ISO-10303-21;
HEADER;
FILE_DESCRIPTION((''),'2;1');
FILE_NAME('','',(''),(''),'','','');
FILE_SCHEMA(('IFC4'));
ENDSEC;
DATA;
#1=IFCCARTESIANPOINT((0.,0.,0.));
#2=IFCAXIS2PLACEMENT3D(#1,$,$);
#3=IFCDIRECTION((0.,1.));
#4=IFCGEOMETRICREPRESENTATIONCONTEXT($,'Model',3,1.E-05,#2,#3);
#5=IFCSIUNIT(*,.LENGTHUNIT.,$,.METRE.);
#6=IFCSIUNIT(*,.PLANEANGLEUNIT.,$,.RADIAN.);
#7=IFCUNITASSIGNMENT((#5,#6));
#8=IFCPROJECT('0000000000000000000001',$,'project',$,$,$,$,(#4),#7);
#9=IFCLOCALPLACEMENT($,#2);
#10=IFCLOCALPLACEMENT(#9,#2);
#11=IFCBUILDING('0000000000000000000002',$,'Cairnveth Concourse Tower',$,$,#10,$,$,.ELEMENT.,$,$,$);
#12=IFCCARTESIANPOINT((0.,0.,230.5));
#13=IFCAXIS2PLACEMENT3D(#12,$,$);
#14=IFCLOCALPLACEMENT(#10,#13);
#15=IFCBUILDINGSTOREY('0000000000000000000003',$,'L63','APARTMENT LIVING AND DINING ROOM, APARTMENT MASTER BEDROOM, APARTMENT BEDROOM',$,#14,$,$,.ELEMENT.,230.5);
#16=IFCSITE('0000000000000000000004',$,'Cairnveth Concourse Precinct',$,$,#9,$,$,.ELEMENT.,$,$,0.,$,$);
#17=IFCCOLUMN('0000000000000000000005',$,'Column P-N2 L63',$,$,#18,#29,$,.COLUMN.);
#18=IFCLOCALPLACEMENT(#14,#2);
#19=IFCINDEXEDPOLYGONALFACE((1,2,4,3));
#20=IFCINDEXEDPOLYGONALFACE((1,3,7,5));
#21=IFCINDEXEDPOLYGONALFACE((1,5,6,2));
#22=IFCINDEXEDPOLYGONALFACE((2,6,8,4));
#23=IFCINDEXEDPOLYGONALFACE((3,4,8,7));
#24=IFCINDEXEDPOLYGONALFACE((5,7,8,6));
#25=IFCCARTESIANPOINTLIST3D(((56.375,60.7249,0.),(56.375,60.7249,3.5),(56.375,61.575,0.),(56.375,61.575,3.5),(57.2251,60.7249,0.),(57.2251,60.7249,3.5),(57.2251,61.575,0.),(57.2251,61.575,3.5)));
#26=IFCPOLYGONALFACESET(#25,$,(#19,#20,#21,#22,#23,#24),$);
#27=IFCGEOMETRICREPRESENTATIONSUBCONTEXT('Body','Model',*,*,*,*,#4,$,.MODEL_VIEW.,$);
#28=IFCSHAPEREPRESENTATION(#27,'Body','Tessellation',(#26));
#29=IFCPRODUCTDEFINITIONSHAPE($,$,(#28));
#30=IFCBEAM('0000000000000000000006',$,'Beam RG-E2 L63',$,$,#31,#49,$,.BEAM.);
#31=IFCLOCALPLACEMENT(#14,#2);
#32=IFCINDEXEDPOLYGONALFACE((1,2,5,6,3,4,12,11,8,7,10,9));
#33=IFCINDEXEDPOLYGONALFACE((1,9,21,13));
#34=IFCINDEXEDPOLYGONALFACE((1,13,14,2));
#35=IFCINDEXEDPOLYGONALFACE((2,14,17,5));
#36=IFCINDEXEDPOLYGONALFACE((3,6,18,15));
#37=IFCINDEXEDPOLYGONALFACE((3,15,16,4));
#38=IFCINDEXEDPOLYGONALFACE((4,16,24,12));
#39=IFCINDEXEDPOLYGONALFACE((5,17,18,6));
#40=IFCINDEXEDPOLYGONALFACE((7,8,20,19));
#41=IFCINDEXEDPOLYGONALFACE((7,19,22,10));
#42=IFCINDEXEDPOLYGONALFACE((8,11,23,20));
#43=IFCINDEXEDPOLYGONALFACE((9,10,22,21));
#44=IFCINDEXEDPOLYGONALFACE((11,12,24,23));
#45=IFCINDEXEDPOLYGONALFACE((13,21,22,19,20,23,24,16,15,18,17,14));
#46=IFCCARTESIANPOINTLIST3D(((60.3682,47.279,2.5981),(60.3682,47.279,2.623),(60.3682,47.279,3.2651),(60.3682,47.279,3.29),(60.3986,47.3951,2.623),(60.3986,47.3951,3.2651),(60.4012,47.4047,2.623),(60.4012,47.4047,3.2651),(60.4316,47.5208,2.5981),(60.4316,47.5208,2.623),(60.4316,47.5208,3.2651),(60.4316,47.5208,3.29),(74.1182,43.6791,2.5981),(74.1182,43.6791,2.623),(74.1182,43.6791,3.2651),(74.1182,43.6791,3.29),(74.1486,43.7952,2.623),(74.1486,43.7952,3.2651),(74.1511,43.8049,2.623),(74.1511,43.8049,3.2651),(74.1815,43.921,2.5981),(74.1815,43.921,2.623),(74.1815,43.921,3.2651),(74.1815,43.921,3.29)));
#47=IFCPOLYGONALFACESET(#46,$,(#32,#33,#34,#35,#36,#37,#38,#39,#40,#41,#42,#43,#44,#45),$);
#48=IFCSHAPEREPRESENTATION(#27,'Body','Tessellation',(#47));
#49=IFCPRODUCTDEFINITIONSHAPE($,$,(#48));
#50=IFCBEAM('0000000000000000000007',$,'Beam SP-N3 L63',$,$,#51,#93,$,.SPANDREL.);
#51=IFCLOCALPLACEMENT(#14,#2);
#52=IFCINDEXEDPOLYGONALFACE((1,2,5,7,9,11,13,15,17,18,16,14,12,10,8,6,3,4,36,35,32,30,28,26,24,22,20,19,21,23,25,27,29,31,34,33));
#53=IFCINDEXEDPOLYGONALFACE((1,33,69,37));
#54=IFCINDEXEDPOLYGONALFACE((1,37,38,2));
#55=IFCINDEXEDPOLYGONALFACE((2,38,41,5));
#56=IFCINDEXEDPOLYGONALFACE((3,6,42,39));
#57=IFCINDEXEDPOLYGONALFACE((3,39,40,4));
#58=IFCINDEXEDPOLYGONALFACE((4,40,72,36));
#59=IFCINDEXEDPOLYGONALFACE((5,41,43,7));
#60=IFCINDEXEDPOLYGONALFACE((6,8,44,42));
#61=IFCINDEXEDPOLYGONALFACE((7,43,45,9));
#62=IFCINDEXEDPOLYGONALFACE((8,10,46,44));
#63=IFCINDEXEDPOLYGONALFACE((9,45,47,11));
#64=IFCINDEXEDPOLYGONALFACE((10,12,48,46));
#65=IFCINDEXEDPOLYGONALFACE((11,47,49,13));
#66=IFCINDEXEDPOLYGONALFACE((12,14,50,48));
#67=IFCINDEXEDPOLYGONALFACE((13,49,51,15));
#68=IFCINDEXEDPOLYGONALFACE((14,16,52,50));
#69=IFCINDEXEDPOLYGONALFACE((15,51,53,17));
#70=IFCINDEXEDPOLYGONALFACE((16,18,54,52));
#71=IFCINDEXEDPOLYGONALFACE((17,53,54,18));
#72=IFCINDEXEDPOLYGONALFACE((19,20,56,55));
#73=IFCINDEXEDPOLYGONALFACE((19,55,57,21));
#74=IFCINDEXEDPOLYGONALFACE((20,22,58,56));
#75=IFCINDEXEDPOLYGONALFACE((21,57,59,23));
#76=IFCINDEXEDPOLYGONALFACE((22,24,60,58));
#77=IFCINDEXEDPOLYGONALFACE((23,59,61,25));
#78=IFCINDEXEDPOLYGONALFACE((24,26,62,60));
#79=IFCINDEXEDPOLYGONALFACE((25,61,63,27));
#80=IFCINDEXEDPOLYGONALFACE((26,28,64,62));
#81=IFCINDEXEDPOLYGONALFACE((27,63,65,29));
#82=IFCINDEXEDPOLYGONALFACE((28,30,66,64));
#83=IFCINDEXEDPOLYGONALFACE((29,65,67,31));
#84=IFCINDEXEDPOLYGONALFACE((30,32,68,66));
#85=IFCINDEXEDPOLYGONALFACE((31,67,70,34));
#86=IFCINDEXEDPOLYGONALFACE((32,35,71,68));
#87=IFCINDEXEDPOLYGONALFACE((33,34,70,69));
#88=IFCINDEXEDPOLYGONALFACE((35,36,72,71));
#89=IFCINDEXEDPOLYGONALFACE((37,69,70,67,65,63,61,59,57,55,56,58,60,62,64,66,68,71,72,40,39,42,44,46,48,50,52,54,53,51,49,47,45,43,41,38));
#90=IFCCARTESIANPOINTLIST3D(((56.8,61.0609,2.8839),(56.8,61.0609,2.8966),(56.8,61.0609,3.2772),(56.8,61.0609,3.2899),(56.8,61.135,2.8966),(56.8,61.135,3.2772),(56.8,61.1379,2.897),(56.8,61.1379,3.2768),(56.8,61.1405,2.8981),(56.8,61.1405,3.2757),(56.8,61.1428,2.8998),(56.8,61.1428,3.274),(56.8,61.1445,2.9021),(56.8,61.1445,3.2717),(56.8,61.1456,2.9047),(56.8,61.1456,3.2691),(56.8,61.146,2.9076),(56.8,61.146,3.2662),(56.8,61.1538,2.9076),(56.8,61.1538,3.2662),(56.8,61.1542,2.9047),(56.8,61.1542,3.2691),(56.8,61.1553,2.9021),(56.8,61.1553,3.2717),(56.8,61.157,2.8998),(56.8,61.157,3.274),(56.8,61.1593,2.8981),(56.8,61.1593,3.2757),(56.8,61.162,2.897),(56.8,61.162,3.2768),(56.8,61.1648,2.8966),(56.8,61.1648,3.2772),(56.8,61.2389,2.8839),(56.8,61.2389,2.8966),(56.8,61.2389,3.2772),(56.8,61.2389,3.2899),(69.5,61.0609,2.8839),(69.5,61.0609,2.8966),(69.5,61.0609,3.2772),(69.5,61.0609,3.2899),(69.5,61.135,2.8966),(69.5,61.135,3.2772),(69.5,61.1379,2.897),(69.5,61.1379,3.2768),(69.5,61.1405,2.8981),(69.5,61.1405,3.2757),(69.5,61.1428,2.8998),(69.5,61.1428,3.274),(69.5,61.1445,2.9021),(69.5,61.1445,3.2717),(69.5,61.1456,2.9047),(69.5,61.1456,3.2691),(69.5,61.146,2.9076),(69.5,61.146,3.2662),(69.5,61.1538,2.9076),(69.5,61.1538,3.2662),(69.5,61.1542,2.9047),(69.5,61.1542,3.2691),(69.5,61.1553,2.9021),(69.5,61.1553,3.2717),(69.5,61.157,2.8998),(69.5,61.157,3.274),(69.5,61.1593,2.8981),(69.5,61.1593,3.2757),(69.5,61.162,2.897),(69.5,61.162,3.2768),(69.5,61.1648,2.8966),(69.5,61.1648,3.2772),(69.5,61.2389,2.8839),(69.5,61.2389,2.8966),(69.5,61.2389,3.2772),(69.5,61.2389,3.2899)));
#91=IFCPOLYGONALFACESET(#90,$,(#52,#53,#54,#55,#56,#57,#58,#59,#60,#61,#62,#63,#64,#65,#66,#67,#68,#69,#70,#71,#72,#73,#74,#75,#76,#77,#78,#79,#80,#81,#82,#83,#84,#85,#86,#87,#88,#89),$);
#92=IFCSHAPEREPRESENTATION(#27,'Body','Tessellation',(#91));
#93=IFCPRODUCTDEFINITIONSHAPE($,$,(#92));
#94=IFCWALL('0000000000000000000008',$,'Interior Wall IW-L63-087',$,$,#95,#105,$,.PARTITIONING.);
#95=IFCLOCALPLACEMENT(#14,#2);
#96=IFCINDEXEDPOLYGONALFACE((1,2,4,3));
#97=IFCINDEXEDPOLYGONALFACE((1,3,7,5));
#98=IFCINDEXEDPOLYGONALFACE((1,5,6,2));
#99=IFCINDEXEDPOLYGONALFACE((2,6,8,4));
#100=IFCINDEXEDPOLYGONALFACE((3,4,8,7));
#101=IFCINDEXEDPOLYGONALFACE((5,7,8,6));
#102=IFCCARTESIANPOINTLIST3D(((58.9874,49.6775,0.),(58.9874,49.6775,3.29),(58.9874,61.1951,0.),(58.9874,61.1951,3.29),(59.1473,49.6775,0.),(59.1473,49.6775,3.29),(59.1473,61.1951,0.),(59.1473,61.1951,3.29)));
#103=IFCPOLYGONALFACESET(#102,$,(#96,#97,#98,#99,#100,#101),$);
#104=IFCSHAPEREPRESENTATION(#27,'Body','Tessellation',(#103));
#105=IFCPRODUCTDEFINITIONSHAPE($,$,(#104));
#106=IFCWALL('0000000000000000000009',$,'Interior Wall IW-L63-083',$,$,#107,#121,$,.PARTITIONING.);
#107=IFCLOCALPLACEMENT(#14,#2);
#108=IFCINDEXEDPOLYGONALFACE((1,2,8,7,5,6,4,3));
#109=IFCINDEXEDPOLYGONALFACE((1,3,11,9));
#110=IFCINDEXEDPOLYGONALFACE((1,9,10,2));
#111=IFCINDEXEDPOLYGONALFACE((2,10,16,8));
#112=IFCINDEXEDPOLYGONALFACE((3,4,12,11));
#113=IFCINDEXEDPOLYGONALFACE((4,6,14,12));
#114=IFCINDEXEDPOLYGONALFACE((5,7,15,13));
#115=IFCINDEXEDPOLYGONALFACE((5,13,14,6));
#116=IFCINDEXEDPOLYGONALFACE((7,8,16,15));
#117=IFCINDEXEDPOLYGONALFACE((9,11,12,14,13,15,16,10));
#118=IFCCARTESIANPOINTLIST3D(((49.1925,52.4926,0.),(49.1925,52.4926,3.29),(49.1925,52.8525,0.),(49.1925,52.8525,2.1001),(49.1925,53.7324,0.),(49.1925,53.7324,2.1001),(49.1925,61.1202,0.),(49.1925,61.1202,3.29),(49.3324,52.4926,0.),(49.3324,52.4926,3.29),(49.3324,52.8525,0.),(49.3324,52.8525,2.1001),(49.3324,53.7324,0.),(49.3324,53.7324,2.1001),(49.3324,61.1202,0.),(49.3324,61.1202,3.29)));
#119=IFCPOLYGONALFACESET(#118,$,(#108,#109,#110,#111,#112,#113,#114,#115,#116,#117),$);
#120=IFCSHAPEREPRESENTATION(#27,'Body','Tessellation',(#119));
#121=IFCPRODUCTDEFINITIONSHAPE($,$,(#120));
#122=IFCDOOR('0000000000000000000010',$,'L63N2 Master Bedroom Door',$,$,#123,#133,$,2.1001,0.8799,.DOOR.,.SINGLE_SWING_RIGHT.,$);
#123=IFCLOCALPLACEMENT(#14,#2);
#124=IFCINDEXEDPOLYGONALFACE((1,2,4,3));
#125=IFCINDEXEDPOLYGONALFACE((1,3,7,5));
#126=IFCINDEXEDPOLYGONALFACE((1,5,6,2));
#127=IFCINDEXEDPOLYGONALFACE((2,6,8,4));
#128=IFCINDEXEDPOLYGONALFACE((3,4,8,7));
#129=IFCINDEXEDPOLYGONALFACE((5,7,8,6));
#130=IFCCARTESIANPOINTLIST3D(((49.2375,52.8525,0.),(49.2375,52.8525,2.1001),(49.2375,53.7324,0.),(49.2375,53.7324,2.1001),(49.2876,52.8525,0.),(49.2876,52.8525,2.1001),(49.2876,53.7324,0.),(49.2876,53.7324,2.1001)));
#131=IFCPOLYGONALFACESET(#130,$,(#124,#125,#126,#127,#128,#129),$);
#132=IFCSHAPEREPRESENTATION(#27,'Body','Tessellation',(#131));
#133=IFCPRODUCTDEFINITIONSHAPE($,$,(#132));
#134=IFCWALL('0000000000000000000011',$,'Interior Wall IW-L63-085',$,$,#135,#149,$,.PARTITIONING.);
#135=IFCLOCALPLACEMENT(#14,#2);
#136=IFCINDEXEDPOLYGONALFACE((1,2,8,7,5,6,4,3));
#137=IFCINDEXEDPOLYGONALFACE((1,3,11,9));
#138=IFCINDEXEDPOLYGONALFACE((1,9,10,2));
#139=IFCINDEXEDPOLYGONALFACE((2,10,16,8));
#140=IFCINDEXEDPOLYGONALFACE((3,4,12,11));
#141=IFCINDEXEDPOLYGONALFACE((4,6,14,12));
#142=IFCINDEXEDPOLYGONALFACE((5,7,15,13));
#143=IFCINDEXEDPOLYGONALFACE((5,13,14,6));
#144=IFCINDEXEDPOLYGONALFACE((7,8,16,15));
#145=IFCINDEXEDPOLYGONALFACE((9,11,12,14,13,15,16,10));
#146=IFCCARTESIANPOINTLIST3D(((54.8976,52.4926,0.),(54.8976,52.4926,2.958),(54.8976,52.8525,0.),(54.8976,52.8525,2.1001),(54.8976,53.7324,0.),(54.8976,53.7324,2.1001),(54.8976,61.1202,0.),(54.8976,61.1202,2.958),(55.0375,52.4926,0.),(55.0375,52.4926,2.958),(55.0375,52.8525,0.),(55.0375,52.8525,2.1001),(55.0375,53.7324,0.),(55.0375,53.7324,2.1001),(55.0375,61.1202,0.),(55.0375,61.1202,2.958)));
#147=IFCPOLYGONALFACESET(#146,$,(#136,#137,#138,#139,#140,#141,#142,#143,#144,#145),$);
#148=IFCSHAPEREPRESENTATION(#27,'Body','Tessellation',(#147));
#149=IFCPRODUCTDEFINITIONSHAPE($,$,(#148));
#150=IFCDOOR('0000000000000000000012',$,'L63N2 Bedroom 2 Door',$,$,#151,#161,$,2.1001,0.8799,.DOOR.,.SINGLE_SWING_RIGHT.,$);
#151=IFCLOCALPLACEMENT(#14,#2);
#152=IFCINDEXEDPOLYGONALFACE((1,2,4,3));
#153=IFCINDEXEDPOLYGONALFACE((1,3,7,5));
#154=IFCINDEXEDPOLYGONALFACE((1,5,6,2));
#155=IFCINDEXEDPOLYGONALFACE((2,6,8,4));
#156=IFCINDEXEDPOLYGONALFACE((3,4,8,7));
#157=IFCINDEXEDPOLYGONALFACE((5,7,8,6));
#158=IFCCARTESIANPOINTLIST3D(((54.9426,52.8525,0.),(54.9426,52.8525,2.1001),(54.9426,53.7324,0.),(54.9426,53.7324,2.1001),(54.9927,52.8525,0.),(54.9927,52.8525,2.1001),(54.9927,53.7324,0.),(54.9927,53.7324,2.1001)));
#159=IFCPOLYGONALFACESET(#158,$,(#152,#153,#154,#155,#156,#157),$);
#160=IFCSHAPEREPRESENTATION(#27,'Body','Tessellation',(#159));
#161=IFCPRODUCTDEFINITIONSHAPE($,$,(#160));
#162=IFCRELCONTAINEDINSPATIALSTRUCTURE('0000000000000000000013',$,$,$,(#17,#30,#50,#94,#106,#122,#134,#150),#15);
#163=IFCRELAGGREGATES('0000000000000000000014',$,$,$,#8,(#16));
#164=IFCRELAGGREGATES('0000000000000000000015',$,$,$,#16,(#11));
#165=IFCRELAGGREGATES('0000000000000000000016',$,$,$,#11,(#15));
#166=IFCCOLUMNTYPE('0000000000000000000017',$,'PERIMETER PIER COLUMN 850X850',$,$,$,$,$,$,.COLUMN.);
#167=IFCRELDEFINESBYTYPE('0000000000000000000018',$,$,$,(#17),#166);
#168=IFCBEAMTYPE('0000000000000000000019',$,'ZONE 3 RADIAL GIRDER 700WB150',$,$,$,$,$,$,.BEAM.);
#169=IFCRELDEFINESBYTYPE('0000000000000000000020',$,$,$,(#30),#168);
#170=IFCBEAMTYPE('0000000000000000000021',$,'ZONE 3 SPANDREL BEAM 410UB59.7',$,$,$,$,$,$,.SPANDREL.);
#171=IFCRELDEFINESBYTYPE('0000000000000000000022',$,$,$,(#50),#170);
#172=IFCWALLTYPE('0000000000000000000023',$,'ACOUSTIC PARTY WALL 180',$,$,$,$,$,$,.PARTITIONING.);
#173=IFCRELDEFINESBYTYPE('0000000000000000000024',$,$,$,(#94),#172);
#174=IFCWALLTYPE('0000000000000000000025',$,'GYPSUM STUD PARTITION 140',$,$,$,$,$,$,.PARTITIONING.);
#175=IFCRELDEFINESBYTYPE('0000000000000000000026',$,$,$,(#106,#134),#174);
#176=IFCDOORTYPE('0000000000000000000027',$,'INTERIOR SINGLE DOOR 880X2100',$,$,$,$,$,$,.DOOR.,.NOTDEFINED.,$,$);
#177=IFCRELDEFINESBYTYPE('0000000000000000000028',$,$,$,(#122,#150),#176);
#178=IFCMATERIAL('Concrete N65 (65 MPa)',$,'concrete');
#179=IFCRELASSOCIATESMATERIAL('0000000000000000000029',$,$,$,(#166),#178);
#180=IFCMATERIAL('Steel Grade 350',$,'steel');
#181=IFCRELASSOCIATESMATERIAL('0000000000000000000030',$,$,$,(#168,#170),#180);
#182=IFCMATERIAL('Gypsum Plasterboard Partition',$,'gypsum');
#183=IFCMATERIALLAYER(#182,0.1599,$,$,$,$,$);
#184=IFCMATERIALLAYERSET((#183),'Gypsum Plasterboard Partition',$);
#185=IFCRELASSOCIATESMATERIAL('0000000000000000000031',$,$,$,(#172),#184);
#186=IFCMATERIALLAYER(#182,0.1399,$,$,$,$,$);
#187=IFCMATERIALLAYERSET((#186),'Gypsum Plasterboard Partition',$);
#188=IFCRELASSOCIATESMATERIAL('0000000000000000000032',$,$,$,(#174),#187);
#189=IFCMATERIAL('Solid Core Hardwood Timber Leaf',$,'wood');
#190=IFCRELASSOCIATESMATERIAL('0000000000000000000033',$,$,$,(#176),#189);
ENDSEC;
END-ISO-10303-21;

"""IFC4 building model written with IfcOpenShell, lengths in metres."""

from ifc_helpers import new_model, si_unit, direction, frame, frame_2d, origin, origin_2d, place, context, subcontext, project, spatial, rectangle, i_section, extrude, material, layer, layer_set, material_profile, profile_set, type_object, element, fill, save


model = new_model("IFC4")

# Units and contexts
model_context = context("Model", 3, precision=1e-05, world=origin(), true_north=direction((0.0, 1.0)))
body_context = subcontext(model_context, "Body", "Model", "MODEL_VIEW")
ifc_project = project(units=[si_unit("LENGTHUNIT", "METRE"), si_unit("PLANEANGLEUNIT", "RADIAN")], contexts=[model_context])

# Site, building, storey
site_placement = place(None, origin())
site = spatial("IfcSite", under=ifc_project, at=site_placement, Name="Cairnveth Concourse Precinct", CompositionType="ELEMENT", RefElevation=0.0)
building_placement = place(site_placement, origin())
building = spatial("IfcBuilding", under=site, at=building_placement, Name="Cairnveth Concourse Tower", CompositionType="ELEMENT")
storey_placement = place(building_placement, frame((0.0, 0.0, 230.5)))
storey = spatial("IfcBuildingStorey", under=building, at=storey_placement, Name="L63", Description="APARTMENT LIVING AND DINING ROOM, APARTMENT MASTER BEDROOM, APARTMENT BEDROOM", CompositionType="ELEMENT", Elevation=230.5)

# Column
ifc_material_1 = material(Name="Concrete N65 (65 MPa)", Category="concrete")
ifc_material_profile_1 = material_profile(ifc_material_1, rectangle(XDim=0.8501, YDim=0.8501, at=origin_2d()), Name="RC-COL-850x850")
ifc_profile_set_1 = profile_set([ifc_material_profile_1], Name="Concrete N65 (65 MPa)")
column_type = type_object("IfcColumnType", Name="PERIMETER PIER COLUMN 850X850", PredefinedType="COLUMN", material=ifc_profile_set_1)
column_placement = place(storey_placement, frame((56.8, 61.1499, 0.0), z_axis=(0.0, 0.0, 1.0), x_axis=(1.0, 0.0, 0.0)))
element("IfcColumn", 1, at=column_placement, inside=storey, type_object=column_type, Name="Column P-N2 L63", PredefinedType="COLUMN", context=body_context, shape_type="SweptSolid", body=[
    extrude(rectangle(XDim=0.8501, YDim=0.8501, at=origin_2d()), origin(), (0.0, 0.0, 1.0), 3.5),
])

# Beams
ifc_material_2 = material(Name="Steel Grade 350", Category="steel")
ifc_material_profile_2 = material_profile(ifc_material_2, i_section(OverallWidth=0.25, OverallDepth=0.6919, WebThickness=0.01, FlangeThickness=0.0249, at=origin_2d()), Name="700WB150")
ifc_profile_set_2 = profile_set([ifc_material_profile_2], Name="Steel Grade 350")
beam_type_1 = type_object("IfcBeamType", Name="ZONE 3 RADIAL GIRDER 700WB150", PredefinedType="BEAM", material=ifc_profile_set_2)
beam_1_placement = place(storey_placement, frame((60.3999, 47.3999, 2.9441), z_axis=(0.967395, -0.253271, 0.0), x_axis=(0.253271, 0.967395, 0.0)))
element("IfcBeam", 2, at=beam_1_placement, inside=storey, type_object=beam_type_1, Name="Beam RG-E2 L63", PredefinedType="BEAM", context=body_context, shape_type="SweptSolid", body=[
    extrude(i_section(OverallWidth=0.25, OverallDepth=0.6919, WebThickness=0.01, FlangeThickness=0.0249, at=origin_2d()), origin(), (0.0, 0.0, 1.0), 14.2134),
])
ifc_material_profile_3 = material_profile(ifc_material_2, i_section(OverallWidth=0.178, OverallDepth=0.406, WebThickness=0.0078, FlangeThickness=0.0127, FilletRadius=0.011, at=origin_2d()), Name="410UB59.7")
ifc_profile_set_3 = profile_set([ifc_material_profile_3], Name="Steel Grade 350")
beam_type_2 = type_object("IfcBeamType", Name="ZONE 3 SPANDREL BEAM 410UB59.7", PredefinedType="SPANDREL", material=ifc_profile_set_3)
beam_2_placement = place(storey_placement, frame((56.8, 61.1499, 3.0869), z_axis=(1.0, 0.0, 0.0), x_axis=(0.0, 1.0, 0.0)))
element("IfcBeam", 3, at=beam_2_placement, inside=storey, type_object=beam_type_2, Name="Beam SP-N3 L63", PredefinedType="SPANDREL", context=body_context, shape_type="SweptSolid", body=[
    extrude(i_section(OverallWidth=0.178, OverallDepth=0.406, WebThickness=0.0078, FlangeThickness=0.0127, FilletRadius=0.011, at=origin_2d()), origin(), (0.0, 0.0, 1.0), 12.7),
])

# Wall
ifc_material_3 = material(Name="Gypsum Plasterboard Partition", Category="gypsum")
ifc_layer_1 = layer(ifc_material_3, 0.1599)
ifc_layer_set_1 = layer_set([ifc_layer_1], Name="Gypsum Plasterboard Partition")
wall_type_1 = type_object("IfcWallType", Name="ACOUSTIC PARTY WALL 180", PredefinedType="PARTITIONING", material=ifc_layer_set_1)
wall_1_placement = place(storey_placement, frame((59.0674, 49.6775, 0.0), z_axis=(0.0, 0.0, 1.0), x_axis=(0.0, 1.0, 0.0)))
element("IfcWall", 4, at=wall_1_placement, inside=storey, type_object=wall_type_1, Name="Interior Wall IW-L63-087", PredefinedType="PARTITIONING", context=body_context, shape_type="SweptSolid", body=[
    extrude(rectangle(XDim=11.5176, YDim=0.1599, at=frame_2d((5.7588, 0.0))), origin(), (0.0, 0.0, 1.0), 3.29),
])

# Walls, openings, doors
ifc_layer_2 = layer(ifc_material_3, 0.1399)
ifc_layer_set_2 = layer_set([ifc_layer_2], Name="Gypsum Plasterboard Partition")
wall_type_2 = type_object("IfcWallType", Name="GYPSUM STUD PARTITION 140", PredefinedType="PARTITIONING", material=ifc_layer_set_2)
wall_2_placement = place(storey_placement, frame((49.2625, 52.4924, 0.0), z_axis=(0.0, 0.0, 1.0), x_axis=(0.0, 1.0, 0.0)))
wall_2 = element("IfcWall", 5, at=wall_2_placement, inside=storey, type_object=wall_type_2, Name="Interior Wall IW-L63-083", PredefinedType="PARTITIONING", context=body_context, shape_type="SweptSolid", body=[
    extrude(rectangle(XDim=8.6277, YDim=0.1399, at=frame_2d((4.314, 0.0))), origin(), (0.0, 0.0, 1.0), 3.29),
])
opening_1_placement = place(wall_2_placement, frame((0.3601, 0.0, 0.0)))
opening_1 = element("IfcOpeningElement", 6, at=opening_1_placement, cuts=wall_2, PredefinedType="OPENING", context=body_context, shape_type="SweptSolid", body=[
    extrude(rectangle(XDim=0.8799, YDim=2.1001, at=frame_2d((0.4399, 1.05))), frame((0.0, 0.0798, 0.0), z_axis=(0.0, -1.0, 0.0), x_axis=(1.0, 0.0, 0.0)), (0.0, 0.0, 1.0), 0.1599),
])
ifc_material_4 = material(Name="Solid Core Hardwood Timber Leaf", Category="wood")
door_type_1 = type_object("IfcDoorType", Name="INTERIOR SINGLE DOOR 880X2100", OperationType="NOTDEFINED", PredefinedType="DOOR", material=ifc_material_4)
door_1_placement = place(opening_1_placement, origin())
door_1 = element("IfcDoor", 7, at=door_1_placement, inside=storey, type_object=door_type_1, Name="L63N2 Master Bedroom Door", OperationType="SINGLE_SWING_RIGHT", OverallHeight=2.1001, OverallWidth=0.8799, PredefinedType="DOOR", context=body_context, shape_type="SweptSolid", body=[
    extrude(rectangle(XDim=0.8799, YDim=2.1001, at=frame_2d((0.4399, 1.05))), frame((0.0, 0.0249, 0.0), z_axis=(0.0, -1.0, 0.0), x_axis=(1.0, 0.0, 0.0)), (0.0, 0.0, 1.0), 0.05),
])
fill(opening_1, door_1)
wall_3_placement = place(storey_placement, frame((54.9675, 52.4924, 0.0), z_axis=(0.0, 0.0, 1.0), x_axis=(0.0, 1.0, 0.0)))
wall_3 = element("IfcWall", 8, at=wall_3_placement, inside=storey, type_object=wall_type_2, Name="Interior Wall IW-L63-085", PredefinedType="PARTITIONING", context=body_context, shape_type="SweptSolid", body=[
    extrude(rectangle(XDim=8.6277, YDim=0.1399, at=frame_2d((4.314, 0.0))), origin(), (0.0, 0.0, 1.0), 2.958),
])
opening_2_placement = place(wall_3_placement, frame((0.3601, 0.0, 0.0)))
opening_2 = element("IfcOpeningElement", 9, at=opening_2_placement, cuts=wall_3, PredefinedType="OPENING", context=body_context, shape_type="SweptSolid", body=[
    extrude(rectangle(XDim=0.8799, YDim=2.1001, at=frame_2d((0.4399, 1.05))), frame((0.0, 0.0798, 0.0), z_axis=(0.0, -1.0, 0.0), x_axis=(1.0, 0.0, 0.0)), (0.0, 0.0, 1.0), 0.1599),
])
door_2_placement = place(opening_2_placement, origin())
door_2 = element("IfcDoor", 10, at=door_2_placement, inside=storey, type_object=door_type_1, Name="L63N2 Bedroom 2 Door", OperationType="SINGLE_SWING_RIGHT", OverallHeight=2.1001, OverallWidth=0.8799, PredefinedType="DOOR", context=body_context, shape_type="SweptSolid", body=[
    extrude(rectangle(XDim=0.8799, YDim=2.1001, at=frame_2d((0.4399, 1.05))), frame((0.0, 0.0249, 0.0), z_axis=(0.0, -1.0, 0.0), x_axis=(1.0, 0.0, 0.0)), (0.0, 0.0, 1.0), 0.05),
])
fill(opening_2, door_2)

save(model, "model.ifc")
